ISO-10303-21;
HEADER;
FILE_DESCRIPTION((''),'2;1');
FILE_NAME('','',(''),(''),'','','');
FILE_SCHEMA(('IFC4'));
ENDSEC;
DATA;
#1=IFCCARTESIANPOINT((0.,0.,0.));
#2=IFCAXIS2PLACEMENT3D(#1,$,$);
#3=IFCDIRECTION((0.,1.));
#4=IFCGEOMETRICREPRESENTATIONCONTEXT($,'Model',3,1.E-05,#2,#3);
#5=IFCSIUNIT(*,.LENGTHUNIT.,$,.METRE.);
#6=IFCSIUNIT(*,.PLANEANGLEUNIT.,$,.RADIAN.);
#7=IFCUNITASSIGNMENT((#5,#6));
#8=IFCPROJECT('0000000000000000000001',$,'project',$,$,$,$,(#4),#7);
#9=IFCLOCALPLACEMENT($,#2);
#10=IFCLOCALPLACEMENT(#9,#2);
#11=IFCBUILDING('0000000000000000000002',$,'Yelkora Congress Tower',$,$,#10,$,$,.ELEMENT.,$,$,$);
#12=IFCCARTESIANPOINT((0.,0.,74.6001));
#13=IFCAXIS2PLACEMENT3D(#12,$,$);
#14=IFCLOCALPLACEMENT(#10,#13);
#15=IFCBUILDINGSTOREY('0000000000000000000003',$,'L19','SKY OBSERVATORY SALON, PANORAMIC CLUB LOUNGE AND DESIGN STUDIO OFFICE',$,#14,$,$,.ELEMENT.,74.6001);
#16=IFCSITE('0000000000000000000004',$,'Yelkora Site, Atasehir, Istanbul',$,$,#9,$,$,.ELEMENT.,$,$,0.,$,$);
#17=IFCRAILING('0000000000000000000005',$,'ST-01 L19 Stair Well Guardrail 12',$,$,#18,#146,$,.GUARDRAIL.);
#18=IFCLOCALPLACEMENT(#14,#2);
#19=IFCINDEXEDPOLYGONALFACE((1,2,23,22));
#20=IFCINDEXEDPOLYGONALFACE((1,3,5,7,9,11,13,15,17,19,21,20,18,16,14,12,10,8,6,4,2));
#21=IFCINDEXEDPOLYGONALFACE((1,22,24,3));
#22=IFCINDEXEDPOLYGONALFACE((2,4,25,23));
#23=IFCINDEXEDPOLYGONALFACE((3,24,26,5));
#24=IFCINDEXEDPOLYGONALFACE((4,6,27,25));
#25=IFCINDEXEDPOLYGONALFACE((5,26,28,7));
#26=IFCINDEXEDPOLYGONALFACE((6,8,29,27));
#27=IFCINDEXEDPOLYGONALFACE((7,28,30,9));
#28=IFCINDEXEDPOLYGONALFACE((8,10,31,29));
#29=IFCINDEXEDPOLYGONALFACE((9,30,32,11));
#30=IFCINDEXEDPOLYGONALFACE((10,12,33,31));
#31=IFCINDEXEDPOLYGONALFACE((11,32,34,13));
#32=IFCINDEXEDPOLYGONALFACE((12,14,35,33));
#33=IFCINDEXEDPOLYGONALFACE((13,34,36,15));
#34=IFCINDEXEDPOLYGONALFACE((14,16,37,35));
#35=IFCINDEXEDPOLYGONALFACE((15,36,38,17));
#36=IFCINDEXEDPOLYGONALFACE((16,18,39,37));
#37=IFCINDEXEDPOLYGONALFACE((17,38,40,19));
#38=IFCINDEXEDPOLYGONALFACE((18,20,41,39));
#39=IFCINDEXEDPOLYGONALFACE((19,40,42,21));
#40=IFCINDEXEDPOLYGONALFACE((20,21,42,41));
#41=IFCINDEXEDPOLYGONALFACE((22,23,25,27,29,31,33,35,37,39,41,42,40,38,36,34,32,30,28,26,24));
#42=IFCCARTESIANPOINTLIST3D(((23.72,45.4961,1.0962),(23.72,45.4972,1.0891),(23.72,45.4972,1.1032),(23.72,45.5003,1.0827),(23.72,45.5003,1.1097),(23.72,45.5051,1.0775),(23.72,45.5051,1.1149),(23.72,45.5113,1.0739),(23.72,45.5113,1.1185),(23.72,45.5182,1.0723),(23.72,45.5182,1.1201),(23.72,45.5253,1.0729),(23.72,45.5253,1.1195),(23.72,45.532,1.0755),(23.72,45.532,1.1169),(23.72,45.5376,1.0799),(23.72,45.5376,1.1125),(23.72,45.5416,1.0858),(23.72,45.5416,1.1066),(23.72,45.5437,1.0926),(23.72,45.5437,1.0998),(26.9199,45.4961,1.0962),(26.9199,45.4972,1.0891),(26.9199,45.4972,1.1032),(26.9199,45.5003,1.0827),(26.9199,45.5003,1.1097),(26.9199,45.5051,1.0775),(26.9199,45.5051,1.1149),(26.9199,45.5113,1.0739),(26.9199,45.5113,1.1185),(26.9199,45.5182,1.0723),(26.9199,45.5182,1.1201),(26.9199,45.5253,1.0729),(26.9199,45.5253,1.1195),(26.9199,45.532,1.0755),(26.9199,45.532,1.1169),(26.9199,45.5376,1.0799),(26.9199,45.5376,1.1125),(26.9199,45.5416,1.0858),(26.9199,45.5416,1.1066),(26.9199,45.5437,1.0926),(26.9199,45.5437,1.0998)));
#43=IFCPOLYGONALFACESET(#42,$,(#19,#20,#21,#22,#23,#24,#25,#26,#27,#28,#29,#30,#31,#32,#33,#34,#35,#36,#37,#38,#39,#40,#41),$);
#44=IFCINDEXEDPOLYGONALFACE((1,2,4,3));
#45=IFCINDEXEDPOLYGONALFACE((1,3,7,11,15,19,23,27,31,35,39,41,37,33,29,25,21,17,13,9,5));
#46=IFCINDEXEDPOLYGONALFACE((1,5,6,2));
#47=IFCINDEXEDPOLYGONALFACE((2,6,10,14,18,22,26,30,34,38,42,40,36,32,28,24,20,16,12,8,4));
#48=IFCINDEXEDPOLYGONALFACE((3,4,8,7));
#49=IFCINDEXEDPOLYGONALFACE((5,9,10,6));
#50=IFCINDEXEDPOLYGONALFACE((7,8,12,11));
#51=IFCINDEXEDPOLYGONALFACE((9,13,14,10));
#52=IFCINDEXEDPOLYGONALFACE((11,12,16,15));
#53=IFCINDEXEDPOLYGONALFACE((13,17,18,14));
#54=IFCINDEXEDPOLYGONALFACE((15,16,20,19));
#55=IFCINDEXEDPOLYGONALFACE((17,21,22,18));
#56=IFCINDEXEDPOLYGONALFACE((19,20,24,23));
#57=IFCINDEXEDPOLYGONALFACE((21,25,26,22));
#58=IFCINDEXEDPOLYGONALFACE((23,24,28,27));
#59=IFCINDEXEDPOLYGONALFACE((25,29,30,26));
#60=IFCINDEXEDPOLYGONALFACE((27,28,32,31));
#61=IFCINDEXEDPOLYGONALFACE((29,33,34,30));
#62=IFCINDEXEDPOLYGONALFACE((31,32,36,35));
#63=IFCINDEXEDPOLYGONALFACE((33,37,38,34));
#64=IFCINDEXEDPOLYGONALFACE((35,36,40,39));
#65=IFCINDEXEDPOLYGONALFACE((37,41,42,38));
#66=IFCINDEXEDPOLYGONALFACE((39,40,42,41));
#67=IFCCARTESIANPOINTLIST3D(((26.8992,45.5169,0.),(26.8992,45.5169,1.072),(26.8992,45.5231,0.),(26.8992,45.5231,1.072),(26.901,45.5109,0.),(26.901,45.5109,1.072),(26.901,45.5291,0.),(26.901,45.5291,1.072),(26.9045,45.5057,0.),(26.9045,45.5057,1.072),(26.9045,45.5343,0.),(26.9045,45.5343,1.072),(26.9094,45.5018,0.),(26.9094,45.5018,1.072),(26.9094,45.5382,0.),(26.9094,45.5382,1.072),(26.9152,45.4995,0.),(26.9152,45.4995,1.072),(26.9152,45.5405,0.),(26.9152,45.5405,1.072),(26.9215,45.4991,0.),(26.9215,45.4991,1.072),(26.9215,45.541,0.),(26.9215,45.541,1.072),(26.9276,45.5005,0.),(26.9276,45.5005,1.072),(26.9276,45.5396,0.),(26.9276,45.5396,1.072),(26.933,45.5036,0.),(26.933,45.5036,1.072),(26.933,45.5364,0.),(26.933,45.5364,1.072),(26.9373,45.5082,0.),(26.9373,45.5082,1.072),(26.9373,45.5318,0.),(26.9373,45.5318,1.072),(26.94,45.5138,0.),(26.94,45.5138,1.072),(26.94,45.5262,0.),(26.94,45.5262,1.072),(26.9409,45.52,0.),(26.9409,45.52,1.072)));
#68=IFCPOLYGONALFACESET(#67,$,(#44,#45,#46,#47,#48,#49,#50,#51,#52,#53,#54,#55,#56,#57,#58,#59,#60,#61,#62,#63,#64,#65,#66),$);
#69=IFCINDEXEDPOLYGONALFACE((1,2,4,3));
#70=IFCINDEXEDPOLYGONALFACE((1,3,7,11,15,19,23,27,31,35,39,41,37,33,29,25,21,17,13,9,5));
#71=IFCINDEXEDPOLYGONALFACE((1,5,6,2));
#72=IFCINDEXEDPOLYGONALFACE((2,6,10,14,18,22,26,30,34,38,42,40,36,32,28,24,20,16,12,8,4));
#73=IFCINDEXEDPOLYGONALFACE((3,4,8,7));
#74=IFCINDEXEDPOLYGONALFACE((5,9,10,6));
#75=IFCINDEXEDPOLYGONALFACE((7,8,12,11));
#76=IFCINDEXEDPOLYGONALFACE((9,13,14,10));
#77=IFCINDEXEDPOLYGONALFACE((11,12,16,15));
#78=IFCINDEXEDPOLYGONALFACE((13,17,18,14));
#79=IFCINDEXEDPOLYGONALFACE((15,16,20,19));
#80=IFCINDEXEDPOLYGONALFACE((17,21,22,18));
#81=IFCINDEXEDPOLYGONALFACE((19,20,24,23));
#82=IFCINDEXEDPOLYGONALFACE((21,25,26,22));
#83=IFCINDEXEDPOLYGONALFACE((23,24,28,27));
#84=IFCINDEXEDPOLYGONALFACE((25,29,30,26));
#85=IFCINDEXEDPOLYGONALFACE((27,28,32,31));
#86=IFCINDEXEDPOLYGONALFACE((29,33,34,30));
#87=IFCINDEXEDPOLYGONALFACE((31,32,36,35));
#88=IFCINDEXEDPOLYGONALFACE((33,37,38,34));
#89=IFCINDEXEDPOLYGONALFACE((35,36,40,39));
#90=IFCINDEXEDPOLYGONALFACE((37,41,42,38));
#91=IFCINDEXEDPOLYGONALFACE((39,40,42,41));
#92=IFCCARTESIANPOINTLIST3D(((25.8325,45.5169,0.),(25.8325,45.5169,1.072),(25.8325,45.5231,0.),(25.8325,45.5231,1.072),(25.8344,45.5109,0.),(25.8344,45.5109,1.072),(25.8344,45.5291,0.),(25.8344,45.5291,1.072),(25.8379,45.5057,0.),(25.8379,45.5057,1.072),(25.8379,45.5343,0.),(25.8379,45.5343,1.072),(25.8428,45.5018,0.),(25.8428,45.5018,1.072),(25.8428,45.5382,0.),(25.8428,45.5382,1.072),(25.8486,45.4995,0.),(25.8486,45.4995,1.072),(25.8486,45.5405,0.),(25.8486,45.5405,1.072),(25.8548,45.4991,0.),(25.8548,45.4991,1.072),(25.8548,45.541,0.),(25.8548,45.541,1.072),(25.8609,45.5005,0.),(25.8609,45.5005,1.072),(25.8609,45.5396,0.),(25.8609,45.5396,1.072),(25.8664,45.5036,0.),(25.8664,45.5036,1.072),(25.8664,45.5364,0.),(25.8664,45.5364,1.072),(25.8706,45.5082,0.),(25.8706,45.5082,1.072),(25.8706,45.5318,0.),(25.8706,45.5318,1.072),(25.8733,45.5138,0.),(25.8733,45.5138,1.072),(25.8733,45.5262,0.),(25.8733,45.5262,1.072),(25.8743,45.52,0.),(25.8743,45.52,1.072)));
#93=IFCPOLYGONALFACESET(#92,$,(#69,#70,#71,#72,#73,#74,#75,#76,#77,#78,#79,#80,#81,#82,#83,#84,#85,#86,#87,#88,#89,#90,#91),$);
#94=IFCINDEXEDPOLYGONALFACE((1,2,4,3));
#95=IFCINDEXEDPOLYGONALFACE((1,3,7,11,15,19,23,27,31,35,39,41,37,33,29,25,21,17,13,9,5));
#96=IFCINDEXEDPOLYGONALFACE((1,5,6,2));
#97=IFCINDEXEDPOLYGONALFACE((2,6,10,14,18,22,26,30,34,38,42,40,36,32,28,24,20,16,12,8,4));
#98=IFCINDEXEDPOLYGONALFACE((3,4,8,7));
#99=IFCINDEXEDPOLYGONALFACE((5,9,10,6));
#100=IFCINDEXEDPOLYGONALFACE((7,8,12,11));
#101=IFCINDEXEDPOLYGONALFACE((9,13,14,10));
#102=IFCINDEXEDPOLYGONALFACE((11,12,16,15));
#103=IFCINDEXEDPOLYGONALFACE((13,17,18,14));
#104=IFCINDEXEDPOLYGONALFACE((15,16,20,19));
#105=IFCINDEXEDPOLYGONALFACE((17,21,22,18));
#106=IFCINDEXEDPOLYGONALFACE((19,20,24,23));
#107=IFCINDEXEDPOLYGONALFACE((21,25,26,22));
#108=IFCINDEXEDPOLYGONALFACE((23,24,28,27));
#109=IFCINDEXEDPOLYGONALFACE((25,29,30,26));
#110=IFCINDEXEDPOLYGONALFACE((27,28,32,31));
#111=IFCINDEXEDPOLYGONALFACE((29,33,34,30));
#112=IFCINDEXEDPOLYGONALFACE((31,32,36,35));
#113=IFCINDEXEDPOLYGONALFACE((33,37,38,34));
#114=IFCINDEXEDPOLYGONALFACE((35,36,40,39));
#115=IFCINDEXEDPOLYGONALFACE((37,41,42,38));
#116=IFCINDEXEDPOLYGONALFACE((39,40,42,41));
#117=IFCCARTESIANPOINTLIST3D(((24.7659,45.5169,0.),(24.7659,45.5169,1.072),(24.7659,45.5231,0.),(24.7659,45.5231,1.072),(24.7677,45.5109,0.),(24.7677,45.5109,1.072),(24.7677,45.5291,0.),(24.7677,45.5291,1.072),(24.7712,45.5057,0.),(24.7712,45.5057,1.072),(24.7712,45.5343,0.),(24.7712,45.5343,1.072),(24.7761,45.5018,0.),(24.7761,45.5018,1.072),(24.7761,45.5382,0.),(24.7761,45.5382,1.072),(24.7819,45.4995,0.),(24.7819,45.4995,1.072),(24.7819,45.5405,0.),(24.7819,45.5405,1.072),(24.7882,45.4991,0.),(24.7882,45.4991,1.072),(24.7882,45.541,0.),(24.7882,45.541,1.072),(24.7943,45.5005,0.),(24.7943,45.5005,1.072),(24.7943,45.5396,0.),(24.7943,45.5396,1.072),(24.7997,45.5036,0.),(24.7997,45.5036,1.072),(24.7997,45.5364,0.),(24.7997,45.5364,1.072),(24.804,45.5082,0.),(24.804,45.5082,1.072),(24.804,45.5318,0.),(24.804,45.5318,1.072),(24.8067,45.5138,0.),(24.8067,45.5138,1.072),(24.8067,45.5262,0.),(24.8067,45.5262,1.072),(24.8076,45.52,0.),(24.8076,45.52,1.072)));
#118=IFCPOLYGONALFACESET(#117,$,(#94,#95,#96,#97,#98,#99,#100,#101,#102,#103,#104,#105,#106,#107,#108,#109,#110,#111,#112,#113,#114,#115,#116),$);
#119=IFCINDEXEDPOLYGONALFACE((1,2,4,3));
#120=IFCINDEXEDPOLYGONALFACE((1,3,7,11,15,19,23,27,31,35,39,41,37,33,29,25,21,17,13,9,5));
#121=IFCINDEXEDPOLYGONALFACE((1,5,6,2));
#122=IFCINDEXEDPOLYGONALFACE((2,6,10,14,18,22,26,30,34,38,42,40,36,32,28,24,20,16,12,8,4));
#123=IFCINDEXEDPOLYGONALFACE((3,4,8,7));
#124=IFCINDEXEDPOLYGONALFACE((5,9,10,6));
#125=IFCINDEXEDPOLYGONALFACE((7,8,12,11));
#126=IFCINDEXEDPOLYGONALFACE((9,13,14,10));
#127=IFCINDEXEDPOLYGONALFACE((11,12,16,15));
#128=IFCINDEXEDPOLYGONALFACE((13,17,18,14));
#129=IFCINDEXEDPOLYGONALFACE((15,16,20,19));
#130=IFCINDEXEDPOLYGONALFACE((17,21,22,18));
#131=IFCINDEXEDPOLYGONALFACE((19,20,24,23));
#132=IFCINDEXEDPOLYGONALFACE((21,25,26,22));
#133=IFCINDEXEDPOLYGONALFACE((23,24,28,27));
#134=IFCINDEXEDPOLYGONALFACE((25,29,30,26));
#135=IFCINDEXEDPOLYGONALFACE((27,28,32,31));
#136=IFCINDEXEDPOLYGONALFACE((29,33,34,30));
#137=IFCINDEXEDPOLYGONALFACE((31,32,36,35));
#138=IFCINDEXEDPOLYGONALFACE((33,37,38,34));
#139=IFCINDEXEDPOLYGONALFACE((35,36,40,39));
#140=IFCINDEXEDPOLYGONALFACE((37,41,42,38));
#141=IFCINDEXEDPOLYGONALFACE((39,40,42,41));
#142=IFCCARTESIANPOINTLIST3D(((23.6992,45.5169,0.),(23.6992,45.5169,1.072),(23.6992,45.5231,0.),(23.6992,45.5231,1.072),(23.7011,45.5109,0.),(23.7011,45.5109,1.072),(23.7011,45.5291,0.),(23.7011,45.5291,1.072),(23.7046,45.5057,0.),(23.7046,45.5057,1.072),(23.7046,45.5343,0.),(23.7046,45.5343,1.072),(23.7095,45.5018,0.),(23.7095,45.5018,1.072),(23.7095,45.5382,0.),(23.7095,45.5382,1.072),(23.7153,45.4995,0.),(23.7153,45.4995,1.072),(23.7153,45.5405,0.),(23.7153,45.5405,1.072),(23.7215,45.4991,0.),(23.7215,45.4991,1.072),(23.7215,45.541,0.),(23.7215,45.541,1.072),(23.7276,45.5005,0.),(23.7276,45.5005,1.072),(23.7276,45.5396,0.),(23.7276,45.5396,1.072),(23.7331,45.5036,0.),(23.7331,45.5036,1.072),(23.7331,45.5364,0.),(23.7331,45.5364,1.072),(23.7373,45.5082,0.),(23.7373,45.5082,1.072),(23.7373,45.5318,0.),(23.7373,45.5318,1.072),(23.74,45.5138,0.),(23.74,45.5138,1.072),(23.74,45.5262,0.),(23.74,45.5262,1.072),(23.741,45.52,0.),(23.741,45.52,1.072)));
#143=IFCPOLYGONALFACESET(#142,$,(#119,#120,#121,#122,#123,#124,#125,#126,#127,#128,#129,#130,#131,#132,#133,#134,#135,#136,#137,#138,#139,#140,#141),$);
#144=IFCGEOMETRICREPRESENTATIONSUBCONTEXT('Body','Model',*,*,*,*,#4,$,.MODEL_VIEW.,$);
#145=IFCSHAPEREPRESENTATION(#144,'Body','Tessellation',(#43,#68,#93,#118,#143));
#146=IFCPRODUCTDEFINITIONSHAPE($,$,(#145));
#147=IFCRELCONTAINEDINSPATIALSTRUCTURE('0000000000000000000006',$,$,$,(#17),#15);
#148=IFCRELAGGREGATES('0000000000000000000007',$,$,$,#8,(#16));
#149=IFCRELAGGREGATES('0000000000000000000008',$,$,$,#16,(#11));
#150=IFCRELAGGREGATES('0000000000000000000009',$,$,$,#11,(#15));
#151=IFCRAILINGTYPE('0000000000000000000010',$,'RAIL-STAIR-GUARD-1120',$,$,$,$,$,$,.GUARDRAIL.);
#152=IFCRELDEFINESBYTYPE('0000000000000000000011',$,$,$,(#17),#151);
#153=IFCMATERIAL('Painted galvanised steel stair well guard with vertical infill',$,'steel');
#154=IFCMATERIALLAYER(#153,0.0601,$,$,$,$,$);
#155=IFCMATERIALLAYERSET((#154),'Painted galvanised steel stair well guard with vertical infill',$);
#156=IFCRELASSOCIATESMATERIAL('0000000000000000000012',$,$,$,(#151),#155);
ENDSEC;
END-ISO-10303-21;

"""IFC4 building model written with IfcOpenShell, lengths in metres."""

from ifc_helpers import new_model, si_unit, direction, frame, origin, origin_2d, place, context, subcontext, project, spatial, circle, extrude, material, layer, layer_set, type_object, element, save


model = new_model("IFC4")

# Units and contexts
model_context = context("Model", 3, precision=1e-05, world=origin(), true_north=direction((0.0, 1.0)))
body_context = subcontext(model_context, "Body", "Model", "MODEL_VIEW")
ifc_project = project(units=[si_unit("LENGTHUNIT", "METRE"), si_unit("PLANEANGLEUNIT", "RADIAN")], contexts=[model_context])

# Site, building, storey
site_placement = place(None, origin())
site = spatial("IfcSite", under=ifc_project, at=site_placement, Name="Yelkora Site, Atasehir, Istanbul", CompositionType="ELEMENT", RefElevation=0.0)
building_placement = place(site_placement, origin())
building = spatial("IfcBuilding", under=site, at=building_placement, Name="Yelkora Congress Tower", CompositionType="ELEMENT")
storey_placement = place(building_placement, frame((0.0, 0.0, 74.6001)))
storey = spatial("IfcBuildingStorey", under=building, at=storey_placement, Name="L19", Description="SKY OBSERVATORY SALON, PANORAMIC CLUB LOUNGE AND DESIGN STUDIO OFFICE", CompositionType="ELEMENT", Elevation=74.6001)

# Railing
ifc_material_1 = material(Name="Painted galvanised steel stair well guard with vertical infill", Category="steel")
ifc_layer_1 = layer(ifc_material_1, 0.0601)
ifc_layer_set_1 = layer_set([ifc_layer_1], Name="Painted galvanised steel stair well guard with vertical infill")
railing_type_1 = type_object("IfcRailingType", Name="RAIL-STAIR-GUARD-1120", PredefinedType="GUARDRAIL", material=ifc_layer_set_1)
railing_1_placement = place(storey_placement, frame((26.9199, 45.52, 0.0)))
element("IfcRailing", 1, at=railing_1_placement, inside=storey, type_object=railing_type_1, Name="ST-01 L19 Stair Well Guardrail 12", PredefinedType="GUARDRAIL", context=body_context, shape_type="SweptSolid", body=[
    extrude(circle(Radius=0.0239, at=origin_2d()), frame((0.0, 0.0, 1.0962), z_axis=(-1.0, 0.0, 0.0), x_axis=(0.0, -1.0, 0.0)), (0.0, 0.0, 1.0), 3.2),
    extrude(circle(Radius=0.021, at=origin_2d()), origin(), (0.0, 0.0, 1.0), 1.072),
    extrude(circle(Radius=0.021, at=origin_2d()), frame((-1.0667, 0.0, 0.0)), (0.0, 0.0, 1.0), 1.072),
    extrude(circle(Radius=0.021, at=origin_2d()), frame((-2.1333, 0.0, 0.0)), (0.0, 0.0, 1.0), 1.072),
    extrude(circle(Radius=0.021, at=origin_2d()), frame((-3.2, 0.0, 0.0)), (0.0, 0.0, 1.0), 1.072),
])

save(model, "model.ifc")
